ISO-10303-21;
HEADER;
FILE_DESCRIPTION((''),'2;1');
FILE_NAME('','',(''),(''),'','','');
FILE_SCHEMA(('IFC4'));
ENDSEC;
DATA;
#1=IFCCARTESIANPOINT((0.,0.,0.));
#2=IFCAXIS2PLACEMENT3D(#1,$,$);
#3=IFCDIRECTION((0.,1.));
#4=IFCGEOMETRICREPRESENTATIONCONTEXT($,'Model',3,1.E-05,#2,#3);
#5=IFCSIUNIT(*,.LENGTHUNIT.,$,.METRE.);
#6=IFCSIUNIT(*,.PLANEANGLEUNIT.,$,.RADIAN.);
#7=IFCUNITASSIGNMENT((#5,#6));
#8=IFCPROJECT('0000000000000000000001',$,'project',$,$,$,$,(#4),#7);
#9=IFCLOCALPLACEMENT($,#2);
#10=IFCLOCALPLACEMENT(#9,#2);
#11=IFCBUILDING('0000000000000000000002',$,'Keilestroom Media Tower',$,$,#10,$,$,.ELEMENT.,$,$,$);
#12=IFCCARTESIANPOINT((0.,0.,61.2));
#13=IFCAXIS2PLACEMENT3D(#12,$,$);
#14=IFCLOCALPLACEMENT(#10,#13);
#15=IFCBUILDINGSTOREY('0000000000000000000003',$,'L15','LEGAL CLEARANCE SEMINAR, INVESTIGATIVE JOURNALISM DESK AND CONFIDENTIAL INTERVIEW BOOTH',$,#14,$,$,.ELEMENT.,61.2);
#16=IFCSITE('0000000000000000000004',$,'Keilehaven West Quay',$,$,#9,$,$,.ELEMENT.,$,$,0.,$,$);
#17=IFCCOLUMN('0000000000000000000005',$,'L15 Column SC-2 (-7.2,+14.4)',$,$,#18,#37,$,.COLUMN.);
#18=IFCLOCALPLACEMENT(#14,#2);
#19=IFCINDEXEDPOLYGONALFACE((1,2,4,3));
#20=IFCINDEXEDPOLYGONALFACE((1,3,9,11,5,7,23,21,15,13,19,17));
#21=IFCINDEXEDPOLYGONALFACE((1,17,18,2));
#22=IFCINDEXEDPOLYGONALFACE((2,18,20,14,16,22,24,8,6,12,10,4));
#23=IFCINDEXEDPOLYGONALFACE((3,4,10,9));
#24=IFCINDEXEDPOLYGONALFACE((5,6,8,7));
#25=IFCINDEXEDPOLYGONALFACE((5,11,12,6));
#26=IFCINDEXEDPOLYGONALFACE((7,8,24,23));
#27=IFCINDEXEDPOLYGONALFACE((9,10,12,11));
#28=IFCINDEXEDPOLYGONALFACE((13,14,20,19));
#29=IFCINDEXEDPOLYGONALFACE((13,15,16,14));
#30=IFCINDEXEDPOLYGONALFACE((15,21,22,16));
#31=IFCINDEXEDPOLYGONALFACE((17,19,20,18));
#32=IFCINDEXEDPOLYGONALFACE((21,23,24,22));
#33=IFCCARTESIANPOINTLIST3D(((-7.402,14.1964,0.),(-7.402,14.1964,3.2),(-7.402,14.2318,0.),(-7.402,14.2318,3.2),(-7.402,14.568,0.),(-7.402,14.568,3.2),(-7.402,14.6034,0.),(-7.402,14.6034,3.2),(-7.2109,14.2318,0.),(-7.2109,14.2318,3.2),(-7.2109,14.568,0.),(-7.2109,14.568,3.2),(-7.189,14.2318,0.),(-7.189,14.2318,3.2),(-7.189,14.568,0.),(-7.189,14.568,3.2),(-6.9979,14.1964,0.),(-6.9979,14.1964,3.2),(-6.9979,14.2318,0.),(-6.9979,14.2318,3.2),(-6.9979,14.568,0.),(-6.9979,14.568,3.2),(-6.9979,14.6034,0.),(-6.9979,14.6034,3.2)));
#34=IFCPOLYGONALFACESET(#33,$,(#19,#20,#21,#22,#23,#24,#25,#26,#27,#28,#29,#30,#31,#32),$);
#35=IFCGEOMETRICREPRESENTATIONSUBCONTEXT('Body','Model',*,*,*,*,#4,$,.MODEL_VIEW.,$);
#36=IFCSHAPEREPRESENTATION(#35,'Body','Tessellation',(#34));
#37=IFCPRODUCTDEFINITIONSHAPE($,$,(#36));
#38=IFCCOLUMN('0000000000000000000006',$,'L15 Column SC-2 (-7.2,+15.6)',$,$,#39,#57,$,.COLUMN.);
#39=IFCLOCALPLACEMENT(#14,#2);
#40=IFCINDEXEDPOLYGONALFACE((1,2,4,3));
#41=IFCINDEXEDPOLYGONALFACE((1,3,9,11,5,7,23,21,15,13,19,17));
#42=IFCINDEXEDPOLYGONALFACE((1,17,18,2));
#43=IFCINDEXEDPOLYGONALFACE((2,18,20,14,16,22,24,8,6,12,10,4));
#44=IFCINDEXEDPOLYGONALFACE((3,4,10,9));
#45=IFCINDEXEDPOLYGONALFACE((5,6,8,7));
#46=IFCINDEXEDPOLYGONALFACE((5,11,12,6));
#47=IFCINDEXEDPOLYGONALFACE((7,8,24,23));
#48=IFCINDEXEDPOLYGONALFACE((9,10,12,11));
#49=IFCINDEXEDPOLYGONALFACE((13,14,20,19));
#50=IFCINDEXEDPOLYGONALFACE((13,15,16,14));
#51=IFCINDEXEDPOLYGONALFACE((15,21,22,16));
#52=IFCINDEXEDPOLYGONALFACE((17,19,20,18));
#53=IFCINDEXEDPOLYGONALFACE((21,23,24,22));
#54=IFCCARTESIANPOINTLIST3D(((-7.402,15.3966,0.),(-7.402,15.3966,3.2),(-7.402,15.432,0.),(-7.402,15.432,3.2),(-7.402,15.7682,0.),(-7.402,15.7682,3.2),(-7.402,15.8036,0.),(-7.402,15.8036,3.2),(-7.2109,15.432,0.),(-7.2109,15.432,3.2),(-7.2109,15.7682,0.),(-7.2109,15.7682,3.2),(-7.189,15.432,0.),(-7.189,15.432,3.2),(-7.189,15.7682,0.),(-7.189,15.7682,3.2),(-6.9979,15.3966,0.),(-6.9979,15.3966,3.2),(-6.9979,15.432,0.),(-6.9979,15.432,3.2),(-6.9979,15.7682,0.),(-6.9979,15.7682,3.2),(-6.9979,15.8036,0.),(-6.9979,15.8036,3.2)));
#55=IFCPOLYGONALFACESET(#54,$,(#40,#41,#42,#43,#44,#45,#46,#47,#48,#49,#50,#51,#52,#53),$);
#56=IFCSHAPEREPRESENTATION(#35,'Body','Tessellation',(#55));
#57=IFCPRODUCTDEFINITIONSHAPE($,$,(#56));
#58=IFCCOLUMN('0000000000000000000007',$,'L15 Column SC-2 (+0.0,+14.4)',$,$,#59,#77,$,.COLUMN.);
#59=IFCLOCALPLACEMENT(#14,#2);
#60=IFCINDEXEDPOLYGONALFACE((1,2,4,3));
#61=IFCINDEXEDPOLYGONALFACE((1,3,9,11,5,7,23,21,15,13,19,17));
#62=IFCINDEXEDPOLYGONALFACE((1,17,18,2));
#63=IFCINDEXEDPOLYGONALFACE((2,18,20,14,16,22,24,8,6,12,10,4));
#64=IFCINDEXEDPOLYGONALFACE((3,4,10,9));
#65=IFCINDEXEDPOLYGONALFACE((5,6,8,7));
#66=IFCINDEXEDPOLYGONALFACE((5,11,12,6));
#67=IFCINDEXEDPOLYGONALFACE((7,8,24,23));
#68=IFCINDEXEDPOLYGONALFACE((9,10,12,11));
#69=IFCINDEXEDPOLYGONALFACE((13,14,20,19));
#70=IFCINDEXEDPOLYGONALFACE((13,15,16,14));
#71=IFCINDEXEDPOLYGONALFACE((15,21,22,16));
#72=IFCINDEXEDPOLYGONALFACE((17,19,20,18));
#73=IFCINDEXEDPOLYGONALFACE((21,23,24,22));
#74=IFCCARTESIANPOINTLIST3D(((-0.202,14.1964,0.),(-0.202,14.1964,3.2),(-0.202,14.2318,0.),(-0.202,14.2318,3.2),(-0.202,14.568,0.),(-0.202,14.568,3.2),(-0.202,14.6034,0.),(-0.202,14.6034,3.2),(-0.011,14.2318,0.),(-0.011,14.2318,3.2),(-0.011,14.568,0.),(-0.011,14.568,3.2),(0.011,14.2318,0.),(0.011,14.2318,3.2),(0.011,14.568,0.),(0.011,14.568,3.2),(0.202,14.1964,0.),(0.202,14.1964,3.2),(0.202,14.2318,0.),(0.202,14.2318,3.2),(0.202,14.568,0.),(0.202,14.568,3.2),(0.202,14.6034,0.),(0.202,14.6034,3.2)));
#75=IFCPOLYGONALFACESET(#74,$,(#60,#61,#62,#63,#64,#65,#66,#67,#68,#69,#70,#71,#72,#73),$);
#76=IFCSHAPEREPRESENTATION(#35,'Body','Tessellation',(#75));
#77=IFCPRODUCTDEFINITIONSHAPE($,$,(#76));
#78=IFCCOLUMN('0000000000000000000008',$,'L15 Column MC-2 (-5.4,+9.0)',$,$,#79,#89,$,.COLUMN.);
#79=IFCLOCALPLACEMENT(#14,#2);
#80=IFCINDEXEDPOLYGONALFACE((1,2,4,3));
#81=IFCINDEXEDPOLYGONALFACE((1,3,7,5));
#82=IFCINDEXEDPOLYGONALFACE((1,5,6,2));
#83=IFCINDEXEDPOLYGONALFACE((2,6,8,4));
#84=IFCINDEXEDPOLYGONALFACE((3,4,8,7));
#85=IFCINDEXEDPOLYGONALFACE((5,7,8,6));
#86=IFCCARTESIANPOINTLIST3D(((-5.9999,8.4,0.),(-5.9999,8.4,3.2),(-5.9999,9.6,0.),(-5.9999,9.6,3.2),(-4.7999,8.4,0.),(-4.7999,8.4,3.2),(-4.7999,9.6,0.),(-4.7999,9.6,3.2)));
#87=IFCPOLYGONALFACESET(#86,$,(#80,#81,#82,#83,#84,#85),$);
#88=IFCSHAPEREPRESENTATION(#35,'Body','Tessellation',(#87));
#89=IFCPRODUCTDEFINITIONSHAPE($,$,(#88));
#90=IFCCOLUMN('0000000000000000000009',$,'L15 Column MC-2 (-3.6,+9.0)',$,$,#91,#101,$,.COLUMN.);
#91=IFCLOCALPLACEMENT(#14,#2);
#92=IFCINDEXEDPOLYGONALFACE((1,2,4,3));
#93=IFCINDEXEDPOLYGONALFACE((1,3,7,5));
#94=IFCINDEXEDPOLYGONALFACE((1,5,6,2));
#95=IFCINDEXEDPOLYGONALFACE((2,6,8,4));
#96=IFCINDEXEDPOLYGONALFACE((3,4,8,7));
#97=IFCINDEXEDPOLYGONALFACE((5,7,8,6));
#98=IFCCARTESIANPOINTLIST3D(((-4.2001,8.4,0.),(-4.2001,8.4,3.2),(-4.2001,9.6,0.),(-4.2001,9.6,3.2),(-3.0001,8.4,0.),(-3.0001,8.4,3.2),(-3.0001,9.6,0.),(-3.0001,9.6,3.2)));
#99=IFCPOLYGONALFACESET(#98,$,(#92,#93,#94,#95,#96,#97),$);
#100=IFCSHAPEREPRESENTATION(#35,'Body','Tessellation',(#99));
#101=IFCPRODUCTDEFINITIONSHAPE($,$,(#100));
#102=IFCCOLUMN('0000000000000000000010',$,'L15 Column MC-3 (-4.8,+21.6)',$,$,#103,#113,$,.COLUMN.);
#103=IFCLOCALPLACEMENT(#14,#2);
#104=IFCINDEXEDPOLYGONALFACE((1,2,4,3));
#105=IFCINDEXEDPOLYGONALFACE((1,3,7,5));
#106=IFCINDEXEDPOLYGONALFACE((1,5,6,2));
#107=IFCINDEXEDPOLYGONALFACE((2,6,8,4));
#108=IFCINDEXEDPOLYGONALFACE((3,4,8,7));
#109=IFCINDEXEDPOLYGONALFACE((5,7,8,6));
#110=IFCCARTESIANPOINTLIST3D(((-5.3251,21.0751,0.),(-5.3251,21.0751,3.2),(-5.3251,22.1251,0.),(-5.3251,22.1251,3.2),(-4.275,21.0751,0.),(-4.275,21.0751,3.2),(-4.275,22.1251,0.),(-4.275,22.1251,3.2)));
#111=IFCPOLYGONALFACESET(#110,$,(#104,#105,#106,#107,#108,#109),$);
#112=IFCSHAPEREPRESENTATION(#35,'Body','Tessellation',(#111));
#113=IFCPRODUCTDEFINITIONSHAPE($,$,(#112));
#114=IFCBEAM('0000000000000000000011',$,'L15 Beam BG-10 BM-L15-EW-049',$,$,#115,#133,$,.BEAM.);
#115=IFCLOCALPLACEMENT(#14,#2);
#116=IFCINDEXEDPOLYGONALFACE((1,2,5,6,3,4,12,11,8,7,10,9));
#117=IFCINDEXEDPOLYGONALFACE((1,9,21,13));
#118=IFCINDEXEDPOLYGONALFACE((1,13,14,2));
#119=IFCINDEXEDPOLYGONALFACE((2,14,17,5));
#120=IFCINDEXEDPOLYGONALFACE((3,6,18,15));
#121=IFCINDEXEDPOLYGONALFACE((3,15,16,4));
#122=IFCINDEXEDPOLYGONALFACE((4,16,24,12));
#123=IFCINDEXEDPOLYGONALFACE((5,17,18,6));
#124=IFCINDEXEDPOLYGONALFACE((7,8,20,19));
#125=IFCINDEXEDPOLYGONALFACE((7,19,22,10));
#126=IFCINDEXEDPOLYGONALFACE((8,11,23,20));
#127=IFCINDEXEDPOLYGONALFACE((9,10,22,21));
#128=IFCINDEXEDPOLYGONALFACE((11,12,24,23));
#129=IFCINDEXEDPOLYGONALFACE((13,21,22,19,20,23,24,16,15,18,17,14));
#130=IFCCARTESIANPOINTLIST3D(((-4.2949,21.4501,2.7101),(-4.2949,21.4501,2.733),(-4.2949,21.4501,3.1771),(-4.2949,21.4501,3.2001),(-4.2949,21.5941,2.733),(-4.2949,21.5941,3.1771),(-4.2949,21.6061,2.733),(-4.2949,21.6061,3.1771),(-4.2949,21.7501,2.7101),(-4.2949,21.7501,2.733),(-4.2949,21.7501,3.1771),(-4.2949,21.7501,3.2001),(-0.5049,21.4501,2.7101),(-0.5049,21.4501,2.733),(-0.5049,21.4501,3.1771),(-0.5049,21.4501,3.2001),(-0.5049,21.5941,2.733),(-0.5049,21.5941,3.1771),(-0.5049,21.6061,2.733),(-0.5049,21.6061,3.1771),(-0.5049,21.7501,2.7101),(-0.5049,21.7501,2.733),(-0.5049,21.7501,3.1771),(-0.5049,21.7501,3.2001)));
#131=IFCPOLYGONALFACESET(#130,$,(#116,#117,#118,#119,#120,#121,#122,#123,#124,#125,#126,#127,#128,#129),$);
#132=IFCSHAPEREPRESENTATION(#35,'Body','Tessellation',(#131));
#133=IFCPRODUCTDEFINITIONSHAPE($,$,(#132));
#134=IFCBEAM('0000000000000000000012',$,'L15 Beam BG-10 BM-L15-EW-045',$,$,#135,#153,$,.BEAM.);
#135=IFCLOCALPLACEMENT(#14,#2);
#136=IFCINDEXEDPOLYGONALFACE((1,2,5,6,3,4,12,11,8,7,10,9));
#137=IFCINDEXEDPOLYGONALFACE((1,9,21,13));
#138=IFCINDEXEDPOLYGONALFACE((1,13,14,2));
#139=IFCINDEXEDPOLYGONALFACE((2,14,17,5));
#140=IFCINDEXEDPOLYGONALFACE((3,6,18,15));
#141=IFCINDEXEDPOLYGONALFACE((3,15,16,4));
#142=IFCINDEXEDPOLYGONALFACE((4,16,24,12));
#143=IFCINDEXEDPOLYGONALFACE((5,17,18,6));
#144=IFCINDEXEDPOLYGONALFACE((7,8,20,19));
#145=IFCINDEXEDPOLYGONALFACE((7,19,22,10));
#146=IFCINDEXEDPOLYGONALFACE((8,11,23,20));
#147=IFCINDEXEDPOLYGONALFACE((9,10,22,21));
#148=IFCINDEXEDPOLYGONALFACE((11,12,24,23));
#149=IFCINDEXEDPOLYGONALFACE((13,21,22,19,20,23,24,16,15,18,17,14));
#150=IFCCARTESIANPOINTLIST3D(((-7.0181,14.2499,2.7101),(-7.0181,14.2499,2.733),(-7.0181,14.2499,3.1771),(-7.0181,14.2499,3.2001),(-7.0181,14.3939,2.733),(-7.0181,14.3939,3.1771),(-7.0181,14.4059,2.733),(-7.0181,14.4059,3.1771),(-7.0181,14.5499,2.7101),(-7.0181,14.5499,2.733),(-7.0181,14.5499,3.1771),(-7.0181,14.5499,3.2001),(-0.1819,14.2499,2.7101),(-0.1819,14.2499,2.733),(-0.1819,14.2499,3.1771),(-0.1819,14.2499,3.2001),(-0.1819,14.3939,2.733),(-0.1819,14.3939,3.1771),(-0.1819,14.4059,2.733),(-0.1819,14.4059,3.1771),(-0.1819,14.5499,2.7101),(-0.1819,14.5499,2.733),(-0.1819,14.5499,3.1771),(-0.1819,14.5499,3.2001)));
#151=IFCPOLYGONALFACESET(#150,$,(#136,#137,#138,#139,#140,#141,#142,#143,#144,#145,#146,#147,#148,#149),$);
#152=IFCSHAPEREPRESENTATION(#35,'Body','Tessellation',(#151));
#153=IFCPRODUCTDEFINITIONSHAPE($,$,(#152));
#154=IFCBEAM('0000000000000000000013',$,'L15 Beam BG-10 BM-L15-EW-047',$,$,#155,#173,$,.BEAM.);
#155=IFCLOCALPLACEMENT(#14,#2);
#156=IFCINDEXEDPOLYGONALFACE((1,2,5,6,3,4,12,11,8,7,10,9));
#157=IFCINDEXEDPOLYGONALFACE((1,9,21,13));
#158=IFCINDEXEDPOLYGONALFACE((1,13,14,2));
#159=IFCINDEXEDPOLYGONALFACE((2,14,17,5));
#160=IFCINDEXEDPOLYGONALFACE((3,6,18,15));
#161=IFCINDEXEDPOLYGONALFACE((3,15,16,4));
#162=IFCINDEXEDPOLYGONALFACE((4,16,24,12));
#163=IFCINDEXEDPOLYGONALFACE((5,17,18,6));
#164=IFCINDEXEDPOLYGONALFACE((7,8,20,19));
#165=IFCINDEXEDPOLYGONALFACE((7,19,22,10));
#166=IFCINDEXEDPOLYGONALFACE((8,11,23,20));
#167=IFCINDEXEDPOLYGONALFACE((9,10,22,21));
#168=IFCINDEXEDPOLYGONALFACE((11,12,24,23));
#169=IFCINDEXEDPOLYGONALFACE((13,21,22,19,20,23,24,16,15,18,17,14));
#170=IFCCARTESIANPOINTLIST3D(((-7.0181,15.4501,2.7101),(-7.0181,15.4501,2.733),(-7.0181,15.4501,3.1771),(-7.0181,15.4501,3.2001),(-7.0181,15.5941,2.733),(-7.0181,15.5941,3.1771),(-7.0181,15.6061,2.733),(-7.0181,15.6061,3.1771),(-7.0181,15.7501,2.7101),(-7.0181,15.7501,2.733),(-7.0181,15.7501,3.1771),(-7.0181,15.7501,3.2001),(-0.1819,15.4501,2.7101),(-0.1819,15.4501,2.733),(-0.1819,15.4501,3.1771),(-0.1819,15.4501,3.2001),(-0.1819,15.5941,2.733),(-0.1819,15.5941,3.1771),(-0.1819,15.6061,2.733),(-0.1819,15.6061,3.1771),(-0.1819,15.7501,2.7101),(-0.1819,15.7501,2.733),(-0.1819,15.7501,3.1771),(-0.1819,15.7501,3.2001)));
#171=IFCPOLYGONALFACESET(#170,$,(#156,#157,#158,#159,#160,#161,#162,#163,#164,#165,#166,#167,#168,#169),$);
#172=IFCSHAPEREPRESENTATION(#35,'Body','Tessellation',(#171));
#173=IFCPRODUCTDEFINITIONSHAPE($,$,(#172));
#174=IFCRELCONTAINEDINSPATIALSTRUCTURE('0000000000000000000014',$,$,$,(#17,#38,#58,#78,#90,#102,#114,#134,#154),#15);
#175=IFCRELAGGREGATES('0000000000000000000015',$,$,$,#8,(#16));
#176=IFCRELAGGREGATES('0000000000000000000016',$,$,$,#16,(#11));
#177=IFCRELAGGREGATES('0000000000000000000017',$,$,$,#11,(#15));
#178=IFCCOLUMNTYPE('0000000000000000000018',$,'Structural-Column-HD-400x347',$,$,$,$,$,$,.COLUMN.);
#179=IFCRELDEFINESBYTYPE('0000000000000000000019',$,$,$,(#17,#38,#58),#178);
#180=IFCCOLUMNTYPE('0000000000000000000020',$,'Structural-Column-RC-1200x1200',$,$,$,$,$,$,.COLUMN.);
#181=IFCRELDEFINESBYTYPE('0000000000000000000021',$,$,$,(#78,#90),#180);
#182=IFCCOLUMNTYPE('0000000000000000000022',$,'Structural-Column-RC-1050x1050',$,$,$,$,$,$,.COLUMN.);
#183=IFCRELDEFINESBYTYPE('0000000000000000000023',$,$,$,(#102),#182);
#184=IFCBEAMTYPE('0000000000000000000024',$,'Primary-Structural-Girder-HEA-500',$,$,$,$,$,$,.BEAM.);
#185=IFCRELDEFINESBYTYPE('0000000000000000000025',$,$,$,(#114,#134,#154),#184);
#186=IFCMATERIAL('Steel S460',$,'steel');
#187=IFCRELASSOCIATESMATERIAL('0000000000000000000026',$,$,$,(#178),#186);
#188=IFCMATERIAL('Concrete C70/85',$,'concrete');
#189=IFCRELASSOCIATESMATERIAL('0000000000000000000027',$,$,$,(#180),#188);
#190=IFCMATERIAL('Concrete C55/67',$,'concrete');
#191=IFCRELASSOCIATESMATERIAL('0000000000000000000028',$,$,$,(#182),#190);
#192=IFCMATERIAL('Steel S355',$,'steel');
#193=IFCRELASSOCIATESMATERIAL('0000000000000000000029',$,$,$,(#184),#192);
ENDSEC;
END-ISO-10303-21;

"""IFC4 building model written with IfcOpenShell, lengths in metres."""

from ifc_helpers import new_model, si_unit, direction, frame, origin, origin_2d, place, context, subcontext, project, spatial, rectangle, i_section, extrude, source, transform, mapped, material, material_profile, profile_set, type_object, element, save


model = new_model("IFC4")

# Units and contexts
model_context = context("Model", 3, precision=1e-05, world=origin(), true_north=direction((0.0, 1.0)))
body_context = subcontext(model_context, "Body", "Model", "MODEL_VIEW")
ifc_project = project(units=[si_unit("LENGTHUNIT", "METRE"), si_unit("PLANEANGLEUNIT", "RADIAN")], contexts=[model_context])

# Site, building, storey
site_placement = place(None, origin())
site = spatial("IfcSite", under=ifc_project, at=site_placement, Name="Keilehaven West Quay", CompositionType="ELEMENT", RefElevation=0.0)
building_placement = place(site_placement, origin())
building = spatial("IfcBuilding", under=site, at=building_placement, Name="Keilestroom Media Tower", CompositionType="ELEMENT")
storey_placement = place(building_placement, frame((0.0, 0.0, 61.2)))
storey = spatial("IfcBuildingStorey", under=building, at=storey_placement, Name="L15", Description="LEGAL CLEARANCE SEMINAR, INVESTIGATIVE JOURNALISM DESK AND CONFIDENTIAL INTERVIEW BOOTH", CompositionType="ELEMENT", Elevation=61.2)

# Columns
ifc_material_1 = material(Name="Steel S460", Category="steel")
ifc_material_profile_1 = material_profile(ifc_material_1, i_section(OverallWidth=0.4041, OverallDepth=0.407, WebThickness=0.022, FlangeThickness=0.0354, at=origin_2d()), Name="HD 400x347")
ifc_profile_set_1 = profile_set([ifc_material_profile_1], Name="Steel S460")
column_type_1 = type_object("IfcColumnType", Name="Structural-Column-HD-400x347", PredefinedType="COLUMN", material=ifc_profile_set_1)
shared_shape_1 = source(origin(), body_context, "Body", "SweptSolid", [
    extrude(i_section(OverallWidth=0.4041, OverallDepth=0.407, WebThickness=0.022, FlangeThickness=0.0354, at=origin_2d()), origin(), (0.0, 0.0, 1.0), 3.2),
])
for number, where, z_axis, x_axis, name in (
    (1, (-7.2, 14.3999, 0.0), (0.0, 0.0, 1.0), (1.0, 0.0, 0.0), "L15 Column SC-2 (-7.2,+14.4)"),
    (2, (-7.2, 15.6001, 0.0), (0.0, 0.0, 1.0), (1.0, 0.0, 0.0), "L15 Column SC-2 (-7.2,+15.6)"),
    (3, (0.0, 14.3999, 0.0), (0.0, 0.0, 1.0), (1.0, 0.0, 0.0), "L15 Column SC-2 (+0.0,+14.4)"),
):
    element("IfcColumn", number, at=place(storey_placement, frame(where, z_axis=z_axis, x_axis=x_axis)), inside=storey, type_object=column_type_1, Name=name, PredefinedType="COLUMN", context=body_context, shape_type="MappedRepresentation", body=[
        mapped(shared_shape_1, transform((0.0, 0.0, 0.0), x_axis=(1.0, 0.0, 0.0), y_axis=(0.0, 1.0, 0.0), z_axis=(0.0, 0.0, 1.0), scale=1.0)),
    ])
ifc_material_2 = material(Name="Concrete C70/85", Category="concrete")
ifc_material_profile_2 = material_profile(ifc_material_2, rectangle(XDim=1.2, YDim=1.2, at=origin_2d()), Name="RC 1200x1200")
ifc_profile_set_2 = profile_set([ifc_material_profile_2], Name="Concrete C70/85")
column_type_2 = type_object("IfcColumnType", Name="Structural-Column-RC-1200x1200", PredefinedType="COLUMN", material=ifc_profile_set_2)
shared_shape_2 = source(origin(), body_context, "Body", "SweptSolid", [
    extrude(rectangle(XDim=1.2, YDim=1.2, at=origin_2d()), origin(), (0.0, 0.0, 1.0), 3.2),
])
for number, where, z_axis, x_axis, name in (
    (4, (-5.3999, 9.0, 0.0), (0.0, 0.0, 1.0), (1.0, 0.0, 0.0), "L15 Column MC-2 (-5.4,+9.0)"),
    (5, (-3.6001, 9.0, 0.0), (0.0, 0.0, 1.0), (1.0, 0.0, 0.0), "L15 Column MC-2 (-3.6,+9.0)"),
):
    element("IfcColumn", number, at=place(storey_placement, frame(where, z_axis=z_axis, x_axis=x_axis)), inside=storey, type_object=column_type_2, Name=name, PredefinedType="COLUMN", context=body_context, shape_type="MappedRepresentation", body=[
        mapped(shared_shape_2, transform((0.0, 0.0, 0.0), x_axis=(1.0, 0.0, 0.0), y_axis=(0.0, 1.0, 0.0), z_axis=(0.0, 0.0, 1.0), scale=1.0)),
    ])
ifc_material_3 = material(Name="Concrete C55/67", Category="concrete")
ifc_material_profile_3 = material_profile(ifc_material_3, rectangle(XDim=1.05, YDim=1.05, at=origin_2d()), Name="RC 1050x1050")
ifc_profile_set_3 = profile_set([ifc_material_profile_3], Name="Concrete C55/67")
column_type_3 = type_object("IfcColumnType", Name="Structural-Column-RC-1050x1050", PredefinedType="COLUMN", material=ifc_profile_set_3)
shared_shape_3 = source(origin(), body_context, "Body", "SweptSolid", [
    extrude(rectangle(XDim=1.05, YDim=1.05, at=origin_2d()), origin(), (0.0, 0.0, 1.0), 3.2),
])
column_placement = place(storey_placement, frame((-4.8, 21.6001, 0.0), z_axis=(0.0, 0.0, 1.0), x_axis=(1.0, 0.0, 0.0)))
element("IfcColumn", 6, at=column_placement, inside=storey, type_object=column_type_3, Name="L15 Column MC-3 (-4.8,+21.6)", PredefinedType="COLUMN", context=body_context, shape_type="MappedRepresentation", body=[
    mapped(shared_shape_3, transform((0.0, 0.0, 0.0), x_axis=(1.0, 0.0, 0.0), y_axis=(0.0, 1.0, 0.0), z_axis=(0.0, 0.0, 1.0), scale=1.0)),
])

# Beams
ifc_material_4 = material(Name="Steel S355", Category="steel")
ifc_material_profile_4 = material_profile(ifc_material_4, i_section(OverallWidth=0.3, OverallDepth=0.49, WebThickness=0.012, FlangeThickness=0.0229, at=origin_2d()), Name="HEA 500")
ifc_profile_set_4 = profile_set([ifc_material_profile_4], Name="Steel S355")
beam_type = type_object("IfcBeamType", Name="Primary-Structural-Girder-HEA-500", PredefinedType="BEAM", material=ifc_profile_set_4)
shared_shape_4 = source(origin(), body_context, "Body", "SweptSolid", [
    extrude(i_section(OverallWidth=0.3, OverallDepth=0.49, WebThickness=0.012, FlangeThickness=0.0229, at=origin_2d()), origin(), (0.0, 0.0, 1.0), 3.79),
])
beam_1_placement = place(storey_placement, frame((-4.2949, 21.6001, 2.9551), z_axis=(1.0, 0.0, 0.0), x_axis=(0.0, 1.0, 0.0)))
element("IfcBeam", 7, at=beam_1_placement, inside=storey, type_object=beam_type, Name="L15 Beam BG-10 BM-L15-EW-049", PredefinedType="BEAM", context=body_context, shape_type="MappedRepresentation", body=[
    mapped(shared_shape_4, transform((0.0, 0.0, 0.0), x_axis=(1.0, 0.0, 0.0), y_axis=(0.0, 1.0, 0.0), z_axis=(0.0, 0.0, 1.0), scale=1.0)),
])
shared_shape_5 = source(origin(), body_context, "Body", "SweptSolid", [
    extrude(i_section(OverallWidth=0.3, OverallDepth=0.49, WebThickness=0.012, FlangeThickness=0.0229, at=origin_2d()), origin(), (0.0, 0.0, 1.0), 6.8362),
])
for number, where, z_axis, x_axis, name in (
    (8, (-7.0181, 14.3999, 2.9551), (1.0, 0.0, 0.0), (0.0, 1.0, 0.0), "L15 Beam BG-10 BM-L15-EW-045"),
    (9, (-7.0181, 15.6001, 2.9551), (1.0, 0.0, 0.0), (0.0, 1.0, 0.0), "L15 Beam BG-10 BM-L15-EW-047"),
):
    element("IfcBeam", number, at=place(storey_placement, frame(where, z_axis=z_axis, x_axis=x_axis)), inside=storey, type_object=beam_type, Name=name, PredefinedType="BEAM", context=body_context, shape_type="MappedRepresentation", body=[
        mapped(shared_shape_5, transform((0.0, 0.0, 0.0), x_axis=(1.0, 0.0, 0.0), y_axis=(0.0, 1.0, 0.0), z_axis=(0.0, 0.0, 1.0), scale=1.0)),
    ])

save(model, "model.ifc")
